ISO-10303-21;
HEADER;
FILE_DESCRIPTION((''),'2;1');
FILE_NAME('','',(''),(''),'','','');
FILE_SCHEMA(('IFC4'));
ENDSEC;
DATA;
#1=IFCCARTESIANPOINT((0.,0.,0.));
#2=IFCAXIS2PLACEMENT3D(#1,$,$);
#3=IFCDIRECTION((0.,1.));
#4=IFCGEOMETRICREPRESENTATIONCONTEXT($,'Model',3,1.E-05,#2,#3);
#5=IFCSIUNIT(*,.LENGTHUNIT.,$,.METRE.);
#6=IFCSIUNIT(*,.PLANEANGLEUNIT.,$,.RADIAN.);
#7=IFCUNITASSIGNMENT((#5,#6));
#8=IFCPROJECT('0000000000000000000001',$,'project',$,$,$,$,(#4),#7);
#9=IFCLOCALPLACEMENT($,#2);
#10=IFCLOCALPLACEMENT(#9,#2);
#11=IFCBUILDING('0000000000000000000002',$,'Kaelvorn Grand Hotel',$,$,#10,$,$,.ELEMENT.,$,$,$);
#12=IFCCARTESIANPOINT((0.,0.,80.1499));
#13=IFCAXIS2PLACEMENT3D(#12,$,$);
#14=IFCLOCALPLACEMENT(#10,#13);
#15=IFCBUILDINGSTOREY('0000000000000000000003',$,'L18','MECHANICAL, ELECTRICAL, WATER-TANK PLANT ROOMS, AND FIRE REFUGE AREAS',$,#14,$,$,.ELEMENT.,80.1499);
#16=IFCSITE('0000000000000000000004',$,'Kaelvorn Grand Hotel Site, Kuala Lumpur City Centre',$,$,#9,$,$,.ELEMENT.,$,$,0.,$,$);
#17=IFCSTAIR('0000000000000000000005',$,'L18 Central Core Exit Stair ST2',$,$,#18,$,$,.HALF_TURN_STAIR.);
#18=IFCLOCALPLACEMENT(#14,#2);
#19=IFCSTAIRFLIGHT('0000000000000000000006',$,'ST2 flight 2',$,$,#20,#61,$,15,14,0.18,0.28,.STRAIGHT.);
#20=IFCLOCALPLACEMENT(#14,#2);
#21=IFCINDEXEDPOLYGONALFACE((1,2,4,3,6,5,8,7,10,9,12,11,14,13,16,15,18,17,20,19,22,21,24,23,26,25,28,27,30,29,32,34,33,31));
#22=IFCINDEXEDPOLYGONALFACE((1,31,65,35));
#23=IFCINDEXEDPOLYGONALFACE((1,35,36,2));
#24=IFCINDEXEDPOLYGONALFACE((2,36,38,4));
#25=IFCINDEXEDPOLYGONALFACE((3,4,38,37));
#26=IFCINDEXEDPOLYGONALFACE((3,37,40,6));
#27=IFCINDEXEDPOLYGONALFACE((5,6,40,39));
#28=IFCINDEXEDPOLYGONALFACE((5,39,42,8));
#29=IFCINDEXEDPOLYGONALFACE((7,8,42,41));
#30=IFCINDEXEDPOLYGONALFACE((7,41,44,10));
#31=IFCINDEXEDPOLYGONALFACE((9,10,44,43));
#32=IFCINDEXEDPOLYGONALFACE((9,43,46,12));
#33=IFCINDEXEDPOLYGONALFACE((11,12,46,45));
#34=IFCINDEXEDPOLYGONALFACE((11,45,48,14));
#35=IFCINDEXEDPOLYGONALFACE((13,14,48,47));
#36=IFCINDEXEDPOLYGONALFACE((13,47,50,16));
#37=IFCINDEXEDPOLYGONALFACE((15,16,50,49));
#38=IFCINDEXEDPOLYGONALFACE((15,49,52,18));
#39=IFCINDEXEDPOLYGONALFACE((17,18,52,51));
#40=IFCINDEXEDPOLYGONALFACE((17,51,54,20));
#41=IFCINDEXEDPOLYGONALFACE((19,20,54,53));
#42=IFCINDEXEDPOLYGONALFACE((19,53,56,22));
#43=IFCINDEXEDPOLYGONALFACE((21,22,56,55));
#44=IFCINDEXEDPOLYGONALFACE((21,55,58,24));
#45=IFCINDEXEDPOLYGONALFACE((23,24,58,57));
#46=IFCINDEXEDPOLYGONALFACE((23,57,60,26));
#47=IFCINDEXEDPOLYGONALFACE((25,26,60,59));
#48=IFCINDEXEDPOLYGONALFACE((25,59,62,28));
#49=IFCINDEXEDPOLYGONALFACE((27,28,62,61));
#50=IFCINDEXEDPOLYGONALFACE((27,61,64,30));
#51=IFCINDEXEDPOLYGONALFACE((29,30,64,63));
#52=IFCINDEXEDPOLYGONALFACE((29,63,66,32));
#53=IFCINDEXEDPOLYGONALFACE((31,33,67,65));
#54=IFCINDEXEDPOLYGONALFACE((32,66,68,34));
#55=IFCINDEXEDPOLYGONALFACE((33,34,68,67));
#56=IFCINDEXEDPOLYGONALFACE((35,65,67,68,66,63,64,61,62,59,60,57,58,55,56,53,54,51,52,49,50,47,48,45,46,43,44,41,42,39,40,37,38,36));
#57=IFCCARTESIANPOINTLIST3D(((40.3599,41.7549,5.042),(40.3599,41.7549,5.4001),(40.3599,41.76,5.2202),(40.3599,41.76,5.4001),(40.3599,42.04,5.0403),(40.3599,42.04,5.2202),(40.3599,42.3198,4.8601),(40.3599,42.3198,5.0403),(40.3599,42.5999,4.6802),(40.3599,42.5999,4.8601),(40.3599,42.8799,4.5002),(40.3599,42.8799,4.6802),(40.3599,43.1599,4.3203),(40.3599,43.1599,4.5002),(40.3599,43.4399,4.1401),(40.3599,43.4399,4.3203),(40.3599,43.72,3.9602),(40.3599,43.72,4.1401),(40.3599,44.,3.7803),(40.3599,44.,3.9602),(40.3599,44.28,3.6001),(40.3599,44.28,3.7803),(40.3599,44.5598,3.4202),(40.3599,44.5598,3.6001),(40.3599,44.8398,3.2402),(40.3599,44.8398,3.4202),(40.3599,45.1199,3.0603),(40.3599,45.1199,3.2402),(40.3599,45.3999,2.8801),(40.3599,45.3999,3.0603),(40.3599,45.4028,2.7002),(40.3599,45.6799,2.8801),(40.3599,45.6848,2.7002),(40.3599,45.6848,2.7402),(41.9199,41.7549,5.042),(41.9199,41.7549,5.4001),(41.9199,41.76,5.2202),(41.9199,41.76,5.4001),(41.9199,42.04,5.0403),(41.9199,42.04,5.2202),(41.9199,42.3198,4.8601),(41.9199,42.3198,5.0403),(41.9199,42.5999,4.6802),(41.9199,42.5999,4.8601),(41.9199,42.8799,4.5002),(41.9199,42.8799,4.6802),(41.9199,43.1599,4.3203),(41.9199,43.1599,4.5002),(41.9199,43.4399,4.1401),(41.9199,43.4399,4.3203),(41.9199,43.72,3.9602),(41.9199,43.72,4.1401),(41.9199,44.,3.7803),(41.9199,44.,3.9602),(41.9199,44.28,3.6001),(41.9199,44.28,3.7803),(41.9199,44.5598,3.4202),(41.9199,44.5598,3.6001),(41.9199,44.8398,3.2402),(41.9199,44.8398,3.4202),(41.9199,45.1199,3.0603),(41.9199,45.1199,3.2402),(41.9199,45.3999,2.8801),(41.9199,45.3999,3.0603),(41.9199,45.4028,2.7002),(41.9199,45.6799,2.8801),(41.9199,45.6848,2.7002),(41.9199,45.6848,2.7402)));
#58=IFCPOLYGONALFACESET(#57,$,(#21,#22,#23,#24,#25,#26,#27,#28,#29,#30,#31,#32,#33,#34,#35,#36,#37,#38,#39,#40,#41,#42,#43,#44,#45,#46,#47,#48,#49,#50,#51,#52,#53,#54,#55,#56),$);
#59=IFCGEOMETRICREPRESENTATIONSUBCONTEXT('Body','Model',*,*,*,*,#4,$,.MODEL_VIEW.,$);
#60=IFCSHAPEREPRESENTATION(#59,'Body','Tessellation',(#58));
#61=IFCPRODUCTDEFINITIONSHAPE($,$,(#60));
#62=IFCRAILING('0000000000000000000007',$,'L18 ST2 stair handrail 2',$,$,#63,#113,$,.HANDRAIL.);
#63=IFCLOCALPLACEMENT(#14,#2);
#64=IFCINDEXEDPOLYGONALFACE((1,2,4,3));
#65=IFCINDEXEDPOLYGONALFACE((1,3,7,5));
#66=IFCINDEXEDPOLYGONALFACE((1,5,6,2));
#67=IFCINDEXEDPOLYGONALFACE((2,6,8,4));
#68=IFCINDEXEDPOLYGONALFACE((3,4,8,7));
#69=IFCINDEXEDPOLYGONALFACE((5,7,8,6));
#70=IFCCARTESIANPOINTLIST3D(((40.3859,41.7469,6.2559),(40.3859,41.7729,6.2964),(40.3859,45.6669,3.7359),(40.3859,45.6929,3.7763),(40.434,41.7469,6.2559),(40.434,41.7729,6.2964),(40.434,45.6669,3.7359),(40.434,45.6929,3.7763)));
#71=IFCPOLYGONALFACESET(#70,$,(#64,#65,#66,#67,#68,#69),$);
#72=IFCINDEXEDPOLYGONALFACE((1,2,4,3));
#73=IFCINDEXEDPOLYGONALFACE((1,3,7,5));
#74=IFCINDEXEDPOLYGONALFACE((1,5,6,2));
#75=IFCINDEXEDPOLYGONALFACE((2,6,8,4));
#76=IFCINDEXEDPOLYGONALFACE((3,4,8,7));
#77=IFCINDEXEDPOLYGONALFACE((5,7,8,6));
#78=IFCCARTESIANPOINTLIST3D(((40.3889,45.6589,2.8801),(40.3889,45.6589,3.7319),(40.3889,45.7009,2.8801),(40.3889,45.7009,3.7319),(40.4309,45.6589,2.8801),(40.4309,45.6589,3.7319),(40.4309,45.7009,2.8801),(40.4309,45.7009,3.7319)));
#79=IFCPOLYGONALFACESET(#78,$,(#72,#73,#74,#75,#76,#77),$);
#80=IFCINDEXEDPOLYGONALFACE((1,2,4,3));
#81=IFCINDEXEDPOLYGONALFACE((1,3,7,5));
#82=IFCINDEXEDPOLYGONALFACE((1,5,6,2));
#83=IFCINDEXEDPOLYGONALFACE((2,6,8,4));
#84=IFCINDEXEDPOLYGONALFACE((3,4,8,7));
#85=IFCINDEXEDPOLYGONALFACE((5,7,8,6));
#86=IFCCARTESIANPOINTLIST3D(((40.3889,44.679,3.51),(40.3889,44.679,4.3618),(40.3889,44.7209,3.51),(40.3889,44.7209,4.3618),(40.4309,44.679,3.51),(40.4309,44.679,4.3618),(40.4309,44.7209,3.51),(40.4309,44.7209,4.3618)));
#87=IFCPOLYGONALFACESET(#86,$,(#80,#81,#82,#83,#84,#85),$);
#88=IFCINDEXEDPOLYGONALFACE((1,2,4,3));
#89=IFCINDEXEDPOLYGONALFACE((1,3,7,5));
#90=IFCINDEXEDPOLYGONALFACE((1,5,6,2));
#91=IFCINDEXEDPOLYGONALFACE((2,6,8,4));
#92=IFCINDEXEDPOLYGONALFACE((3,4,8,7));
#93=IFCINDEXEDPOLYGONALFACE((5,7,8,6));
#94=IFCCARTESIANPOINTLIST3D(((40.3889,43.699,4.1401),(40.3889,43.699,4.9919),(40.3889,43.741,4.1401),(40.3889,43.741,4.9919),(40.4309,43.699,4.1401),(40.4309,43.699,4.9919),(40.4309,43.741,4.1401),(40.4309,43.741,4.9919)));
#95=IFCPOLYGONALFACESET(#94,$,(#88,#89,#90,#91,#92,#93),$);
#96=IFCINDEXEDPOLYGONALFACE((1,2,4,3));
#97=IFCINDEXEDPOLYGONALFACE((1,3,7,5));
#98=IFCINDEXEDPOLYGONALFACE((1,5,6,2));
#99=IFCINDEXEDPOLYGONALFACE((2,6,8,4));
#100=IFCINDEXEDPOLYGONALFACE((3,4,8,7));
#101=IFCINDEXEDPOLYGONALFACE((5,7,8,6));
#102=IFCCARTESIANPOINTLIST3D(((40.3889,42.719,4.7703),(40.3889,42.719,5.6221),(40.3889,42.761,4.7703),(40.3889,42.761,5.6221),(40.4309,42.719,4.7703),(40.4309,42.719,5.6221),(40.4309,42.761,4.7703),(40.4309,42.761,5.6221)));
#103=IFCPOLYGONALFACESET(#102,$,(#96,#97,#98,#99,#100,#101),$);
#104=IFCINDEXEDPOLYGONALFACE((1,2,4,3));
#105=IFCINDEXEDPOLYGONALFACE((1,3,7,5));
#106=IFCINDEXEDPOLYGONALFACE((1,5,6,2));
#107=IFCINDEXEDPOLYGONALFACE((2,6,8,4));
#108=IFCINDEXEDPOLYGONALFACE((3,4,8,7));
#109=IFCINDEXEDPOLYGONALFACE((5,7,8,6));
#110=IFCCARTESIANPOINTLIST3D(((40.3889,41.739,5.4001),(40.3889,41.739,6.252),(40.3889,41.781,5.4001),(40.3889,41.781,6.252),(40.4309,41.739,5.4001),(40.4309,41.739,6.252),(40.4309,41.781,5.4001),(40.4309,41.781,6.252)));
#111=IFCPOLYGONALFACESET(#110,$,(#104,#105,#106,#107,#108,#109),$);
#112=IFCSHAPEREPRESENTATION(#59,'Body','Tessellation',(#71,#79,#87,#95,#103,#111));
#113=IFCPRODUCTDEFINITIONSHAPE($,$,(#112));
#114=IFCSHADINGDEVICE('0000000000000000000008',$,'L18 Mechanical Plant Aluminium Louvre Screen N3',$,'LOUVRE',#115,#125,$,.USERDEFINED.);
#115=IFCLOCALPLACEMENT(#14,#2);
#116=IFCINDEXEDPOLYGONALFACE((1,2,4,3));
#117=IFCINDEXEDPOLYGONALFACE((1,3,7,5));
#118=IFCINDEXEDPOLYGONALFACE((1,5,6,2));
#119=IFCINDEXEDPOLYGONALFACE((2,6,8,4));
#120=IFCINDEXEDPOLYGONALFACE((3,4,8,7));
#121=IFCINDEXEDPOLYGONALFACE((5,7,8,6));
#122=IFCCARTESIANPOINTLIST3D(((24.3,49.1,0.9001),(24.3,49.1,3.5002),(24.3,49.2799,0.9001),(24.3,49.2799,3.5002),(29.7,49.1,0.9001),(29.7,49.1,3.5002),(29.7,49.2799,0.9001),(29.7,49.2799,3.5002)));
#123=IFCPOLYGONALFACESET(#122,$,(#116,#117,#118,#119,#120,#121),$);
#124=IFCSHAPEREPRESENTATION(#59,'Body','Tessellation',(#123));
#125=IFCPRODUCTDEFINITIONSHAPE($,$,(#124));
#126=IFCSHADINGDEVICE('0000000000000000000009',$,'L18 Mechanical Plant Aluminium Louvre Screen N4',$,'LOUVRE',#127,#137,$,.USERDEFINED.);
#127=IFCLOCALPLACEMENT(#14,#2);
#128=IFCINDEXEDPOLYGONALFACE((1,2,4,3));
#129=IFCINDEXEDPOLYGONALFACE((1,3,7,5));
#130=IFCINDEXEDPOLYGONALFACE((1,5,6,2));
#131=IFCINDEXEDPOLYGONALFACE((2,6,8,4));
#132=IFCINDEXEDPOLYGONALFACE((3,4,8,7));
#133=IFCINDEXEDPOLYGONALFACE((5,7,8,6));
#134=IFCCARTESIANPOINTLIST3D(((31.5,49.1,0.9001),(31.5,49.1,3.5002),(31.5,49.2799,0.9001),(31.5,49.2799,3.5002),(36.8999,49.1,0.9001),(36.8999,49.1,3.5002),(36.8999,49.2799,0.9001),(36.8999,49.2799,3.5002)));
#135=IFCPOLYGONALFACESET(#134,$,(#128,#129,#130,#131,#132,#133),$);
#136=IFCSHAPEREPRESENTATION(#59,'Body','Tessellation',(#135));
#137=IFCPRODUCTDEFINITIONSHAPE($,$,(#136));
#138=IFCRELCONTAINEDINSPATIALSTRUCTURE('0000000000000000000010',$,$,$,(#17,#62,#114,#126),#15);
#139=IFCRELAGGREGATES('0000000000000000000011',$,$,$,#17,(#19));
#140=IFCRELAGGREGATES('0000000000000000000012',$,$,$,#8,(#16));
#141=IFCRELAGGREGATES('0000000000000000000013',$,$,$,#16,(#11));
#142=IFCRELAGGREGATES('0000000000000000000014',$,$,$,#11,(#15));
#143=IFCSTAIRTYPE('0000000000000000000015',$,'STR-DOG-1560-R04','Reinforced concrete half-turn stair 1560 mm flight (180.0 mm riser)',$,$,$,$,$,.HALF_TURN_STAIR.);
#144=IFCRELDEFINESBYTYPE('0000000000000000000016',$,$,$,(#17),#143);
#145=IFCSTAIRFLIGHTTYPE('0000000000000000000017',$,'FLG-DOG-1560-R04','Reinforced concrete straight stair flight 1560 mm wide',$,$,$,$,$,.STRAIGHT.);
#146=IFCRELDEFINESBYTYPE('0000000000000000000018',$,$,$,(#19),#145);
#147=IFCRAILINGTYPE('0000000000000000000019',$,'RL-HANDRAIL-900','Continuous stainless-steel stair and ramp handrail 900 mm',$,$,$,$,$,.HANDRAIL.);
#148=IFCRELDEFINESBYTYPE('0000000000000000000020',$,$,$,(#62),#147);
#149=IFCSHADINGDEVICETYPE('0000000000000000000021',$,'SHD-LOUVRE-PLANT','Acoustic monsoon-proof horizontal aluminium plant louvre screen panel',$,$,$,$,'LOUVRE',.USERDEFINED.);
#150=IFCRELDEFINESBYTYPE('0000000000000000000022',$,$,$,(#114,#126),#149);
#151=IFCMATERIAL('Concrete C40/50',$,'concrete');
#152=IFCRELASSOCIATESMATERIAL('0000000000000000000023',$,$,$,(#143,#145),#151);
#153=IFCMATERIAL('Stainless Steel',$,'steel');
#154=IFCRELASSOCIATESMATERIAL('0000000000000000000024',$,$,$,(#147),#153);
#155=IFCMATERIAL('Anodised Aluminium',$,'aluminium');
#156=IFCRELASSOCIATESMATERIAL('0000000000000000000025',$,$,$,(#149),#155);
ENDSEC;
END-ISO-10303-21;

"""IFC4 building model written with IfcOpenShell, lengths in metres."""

from ifc_helpers import new_model, si_unit, direction, frame, origin, origin_2d, place, context, subcontext, project, spatial, polyline, rectangle, outline, extrude, material, type_object, element, aggregate, save


model = new_model("IFC4")

# Units and contexts
model_context = context("Model", 3, precision=1e-05, world=origin(), true_north=direction((0.0, 1.0)))
body_context = subcontext(model_context, "Body", "Model", "MODEL_VIEW")
ifc_project = project(units=[si_unit("LENGTHUNIT", "METRE"), si_unit("PLANEANGLEUNIT", "RADIAN")], contexts=[model_context])

# Site, building, storey
site_placement = place(None, origin())
site = spatial("IfcSite", under=ifc_project, at=site_placement, Name="Kaelvorn Grand Hotel Site, Kuala Lumpur City Centre", CompositionType="ELEMENT", RefElevation=0.0)
building_placement = place(site_placement, origin())
building = spatial("IfcBuilding", under=site, at=building_placement, Name="Kaelvorn Grand Hotel", CompositionType="ELEMENT")
storey_placement = place(building_placement, frame((0.0, 0.0, 80.1499)))
storey = spatial("IfcBuildingStorey", under=building, at=storey_placement, Name="L18", Description="MECHANICAL, ELECTRICAL, WATER-TANK PLANT ROOMS, AND FIRE REFUGE AREAS", CompositionType="ELEMENT", Elevation=80.1499)

# Shared definitions
ifc_material_1 = material(Name="Concrete C40/50", Category="concrete")

# Stair, stair flight
stair_type = type_object("IfcStairType", Name="STR-DOG-1560-R04", Description="Reinforced concrete half-turn stair 1560 mm flight (180.0 mm riser)", PredefinedType="HALF_TURN_STAIR", material=ifc_material_1)
stair_placement = place(storey_placement, origin())
stair = element("IfcStair", 1, at=stair_placement, inside=storey, type_object=stair_type, Name="L18 Central Core Exit Stair ST2", PredefinedType="HALF_TURN_STAIR")
stair_flight_type = type_object("IfcStairFlightType", Name="FLG-DOG-1560-R04", Description="Reinforced concrete straight stair flight 1560 mm wide", PredefinedType="STRAIGHT", material=ifc_material_1)
stair_flight_placement = place(storey_placement, frame((41.1399, 45.6799, 2.7002), z_axis=(0.0, 0.0, 1.0), x_axis=(0.0, -1.0, 0.0)))
stair_flight = element("IfcStairFlight", 2, at=stair_flight_placement, type_object=stair_flight_type, Name="ST2 flight 2", NumberOfRisers=15, NumberOfTreads=14, PredefinedType="STRAIGHT", RiserHeight=0.18, TreadLength=0.28, context=body_context, shape_type="SweptSolid", body=[
    extrude(outline(polyline([(-0.0049, 0.0), (-0.0049, 0.04), (0.0, 0.1799), (0.28, 0.1799), (0.28, 0.3601), (0.5601, 0.3601), (0.5601, 0.54), (0.8401, 0.54), (0.8401, 0.72), (1.1201, 0.72), (1.1201, 0.8999), (1.3999, 0.8999), (1.3999, 1.0801), (1.6799, 1.0801), (1.6799, 1.26), (1.96, 1.26), (1.96, 1.4399), (2.24, 1.4399), (2.24, 1.6201), (2.52, 1.6201), (2.52, 1.8), (2.8, 1.8), (2.8, 1.98), (3.0801, 1.98), (3.0801, 2.1599), (3.3601, 2.1599), (3.3601, 2.3401), (3.6399, 2.3401), (3.6399, 2.52), (3.9199, 2.52), (3.9199, 2.7), (3.925, 2.7), (3.925, 2.3418), (0.2771, 0.0), (-0.0049, 0.0)])), frame((0.0, 0.78, 0.0), z_axis=(0.0, -1.0, 0.0), x_axis=(1.0, 0.0, 0.0)), (0.0, 0.0, 1.0), 1.5601),
])
aggregate(stair, [stair_flight])

# Railing
ifc_material_2 = material(Name="Stainless Steel", Category="steel")
railing_type = type_object("IfcRailingType", Name="RL-HANDRAIL-900", Description="Continuous stainless-steel stair and ramp handrail 900 mm", PredefinedType="HANDRAIL", material=ifc_material_2)
railing_placement = place(storey_placement, frame((40.4099, 45.6799, 2.8801)))
element("IfcRailing", 3, at=railing_placement, inside=storey, type_object=railing_type, Name="L18 ST2 stair handrail 2", PredefinedType="HANDRAIL", context=body_context, shape_type="SweptSolid", body=[
    extrude(rectangle(XDim=0.0481, YDim=0.0481, at=origin_2d()), frame((0.0, 0.0, 0.876), z_axis=(0.0, -0.841172, 0.540768), x_axis=(1.0, 0.0, 0.0)), (0.0, 0.0, 1.0), 4.6602),
    extrude(rectangle(XDim=0.042, YDim=0.042, at=origin_2d()), origin(), (0.0, 0.0, 1.0), 0.8518),
    extrude(rectangle(XDim=0.042, YDim=0.042, at=origin_2d()), frame((0.0, -0.98, 0.6299)), (0.0, 0.0, 1.0), 0.8518),
    extrude(rectangle(XDim=0.042, YDim=0.042, at=origin_2d()), frame((0.0, -1.96, 1.26)), (0.0, 0.0, 1.0), 0.8518),
    extrude(rectangle(XDim=0.042, YDim=0.042, at=origin_2d()), frame((0.0, -2.9399, 1.8901)), (0.0, 0.0, 1.0), 0.8518),
    extrude(rectangle(XDim=0.042, YDim=0.042, at=origin_2d()), frame((0.0, -3.9199, 2.52)), (0.0, 0.0, 1.0), 0.8518),
])

# Shading devices
ifc_material_3 = material(Name="Anodised Aluminium", Category="aluminium")
shading_device_type = type_object("IfcShadingDeviceType", Name="SHD-LOUVRE-PLANT", Description="Acoustic monsoon-proof horizontal aluminium plant louvre screen panel", ElementType="LOUVRE", PredefinedType="USERDEFINED", material=ifc_material_3)
for number, where, z_axis, x_axis, name in (
    (4, (27.0, 49.1899, 0.9001), (0.0, 0.0, 1.0), (1.0, 0.0, 0.0), "L18 Mechanical Plant Aluminium Louvre Screen N3"),
    (5, (34.2, 49.1899, 0.9001), (0.0, 0.0, 1.0), (1.0, 0.0, 0.0), "L18 Mechanical Plant Aluminium Louvre Screen N4"),
):
    element("IfcShadingDevice", number, at=place(storey_placement, frame(where, z_axis=z_axis, x_axis=x_axis)), inside=storey, type_object=shading_device_type, Name=name, ObjectType="LOUVRE", PredefinedType="USERDEFINED", context=body_context, shape_type="SweptSolid", body=[
        extrude(rectangle(XDim=5.3999, YDim=0.1799, at=origin_2d()), origin(), (0.0, 0.0, 1.0), 2.6001),
    ])

save(model, "model.ifc")
